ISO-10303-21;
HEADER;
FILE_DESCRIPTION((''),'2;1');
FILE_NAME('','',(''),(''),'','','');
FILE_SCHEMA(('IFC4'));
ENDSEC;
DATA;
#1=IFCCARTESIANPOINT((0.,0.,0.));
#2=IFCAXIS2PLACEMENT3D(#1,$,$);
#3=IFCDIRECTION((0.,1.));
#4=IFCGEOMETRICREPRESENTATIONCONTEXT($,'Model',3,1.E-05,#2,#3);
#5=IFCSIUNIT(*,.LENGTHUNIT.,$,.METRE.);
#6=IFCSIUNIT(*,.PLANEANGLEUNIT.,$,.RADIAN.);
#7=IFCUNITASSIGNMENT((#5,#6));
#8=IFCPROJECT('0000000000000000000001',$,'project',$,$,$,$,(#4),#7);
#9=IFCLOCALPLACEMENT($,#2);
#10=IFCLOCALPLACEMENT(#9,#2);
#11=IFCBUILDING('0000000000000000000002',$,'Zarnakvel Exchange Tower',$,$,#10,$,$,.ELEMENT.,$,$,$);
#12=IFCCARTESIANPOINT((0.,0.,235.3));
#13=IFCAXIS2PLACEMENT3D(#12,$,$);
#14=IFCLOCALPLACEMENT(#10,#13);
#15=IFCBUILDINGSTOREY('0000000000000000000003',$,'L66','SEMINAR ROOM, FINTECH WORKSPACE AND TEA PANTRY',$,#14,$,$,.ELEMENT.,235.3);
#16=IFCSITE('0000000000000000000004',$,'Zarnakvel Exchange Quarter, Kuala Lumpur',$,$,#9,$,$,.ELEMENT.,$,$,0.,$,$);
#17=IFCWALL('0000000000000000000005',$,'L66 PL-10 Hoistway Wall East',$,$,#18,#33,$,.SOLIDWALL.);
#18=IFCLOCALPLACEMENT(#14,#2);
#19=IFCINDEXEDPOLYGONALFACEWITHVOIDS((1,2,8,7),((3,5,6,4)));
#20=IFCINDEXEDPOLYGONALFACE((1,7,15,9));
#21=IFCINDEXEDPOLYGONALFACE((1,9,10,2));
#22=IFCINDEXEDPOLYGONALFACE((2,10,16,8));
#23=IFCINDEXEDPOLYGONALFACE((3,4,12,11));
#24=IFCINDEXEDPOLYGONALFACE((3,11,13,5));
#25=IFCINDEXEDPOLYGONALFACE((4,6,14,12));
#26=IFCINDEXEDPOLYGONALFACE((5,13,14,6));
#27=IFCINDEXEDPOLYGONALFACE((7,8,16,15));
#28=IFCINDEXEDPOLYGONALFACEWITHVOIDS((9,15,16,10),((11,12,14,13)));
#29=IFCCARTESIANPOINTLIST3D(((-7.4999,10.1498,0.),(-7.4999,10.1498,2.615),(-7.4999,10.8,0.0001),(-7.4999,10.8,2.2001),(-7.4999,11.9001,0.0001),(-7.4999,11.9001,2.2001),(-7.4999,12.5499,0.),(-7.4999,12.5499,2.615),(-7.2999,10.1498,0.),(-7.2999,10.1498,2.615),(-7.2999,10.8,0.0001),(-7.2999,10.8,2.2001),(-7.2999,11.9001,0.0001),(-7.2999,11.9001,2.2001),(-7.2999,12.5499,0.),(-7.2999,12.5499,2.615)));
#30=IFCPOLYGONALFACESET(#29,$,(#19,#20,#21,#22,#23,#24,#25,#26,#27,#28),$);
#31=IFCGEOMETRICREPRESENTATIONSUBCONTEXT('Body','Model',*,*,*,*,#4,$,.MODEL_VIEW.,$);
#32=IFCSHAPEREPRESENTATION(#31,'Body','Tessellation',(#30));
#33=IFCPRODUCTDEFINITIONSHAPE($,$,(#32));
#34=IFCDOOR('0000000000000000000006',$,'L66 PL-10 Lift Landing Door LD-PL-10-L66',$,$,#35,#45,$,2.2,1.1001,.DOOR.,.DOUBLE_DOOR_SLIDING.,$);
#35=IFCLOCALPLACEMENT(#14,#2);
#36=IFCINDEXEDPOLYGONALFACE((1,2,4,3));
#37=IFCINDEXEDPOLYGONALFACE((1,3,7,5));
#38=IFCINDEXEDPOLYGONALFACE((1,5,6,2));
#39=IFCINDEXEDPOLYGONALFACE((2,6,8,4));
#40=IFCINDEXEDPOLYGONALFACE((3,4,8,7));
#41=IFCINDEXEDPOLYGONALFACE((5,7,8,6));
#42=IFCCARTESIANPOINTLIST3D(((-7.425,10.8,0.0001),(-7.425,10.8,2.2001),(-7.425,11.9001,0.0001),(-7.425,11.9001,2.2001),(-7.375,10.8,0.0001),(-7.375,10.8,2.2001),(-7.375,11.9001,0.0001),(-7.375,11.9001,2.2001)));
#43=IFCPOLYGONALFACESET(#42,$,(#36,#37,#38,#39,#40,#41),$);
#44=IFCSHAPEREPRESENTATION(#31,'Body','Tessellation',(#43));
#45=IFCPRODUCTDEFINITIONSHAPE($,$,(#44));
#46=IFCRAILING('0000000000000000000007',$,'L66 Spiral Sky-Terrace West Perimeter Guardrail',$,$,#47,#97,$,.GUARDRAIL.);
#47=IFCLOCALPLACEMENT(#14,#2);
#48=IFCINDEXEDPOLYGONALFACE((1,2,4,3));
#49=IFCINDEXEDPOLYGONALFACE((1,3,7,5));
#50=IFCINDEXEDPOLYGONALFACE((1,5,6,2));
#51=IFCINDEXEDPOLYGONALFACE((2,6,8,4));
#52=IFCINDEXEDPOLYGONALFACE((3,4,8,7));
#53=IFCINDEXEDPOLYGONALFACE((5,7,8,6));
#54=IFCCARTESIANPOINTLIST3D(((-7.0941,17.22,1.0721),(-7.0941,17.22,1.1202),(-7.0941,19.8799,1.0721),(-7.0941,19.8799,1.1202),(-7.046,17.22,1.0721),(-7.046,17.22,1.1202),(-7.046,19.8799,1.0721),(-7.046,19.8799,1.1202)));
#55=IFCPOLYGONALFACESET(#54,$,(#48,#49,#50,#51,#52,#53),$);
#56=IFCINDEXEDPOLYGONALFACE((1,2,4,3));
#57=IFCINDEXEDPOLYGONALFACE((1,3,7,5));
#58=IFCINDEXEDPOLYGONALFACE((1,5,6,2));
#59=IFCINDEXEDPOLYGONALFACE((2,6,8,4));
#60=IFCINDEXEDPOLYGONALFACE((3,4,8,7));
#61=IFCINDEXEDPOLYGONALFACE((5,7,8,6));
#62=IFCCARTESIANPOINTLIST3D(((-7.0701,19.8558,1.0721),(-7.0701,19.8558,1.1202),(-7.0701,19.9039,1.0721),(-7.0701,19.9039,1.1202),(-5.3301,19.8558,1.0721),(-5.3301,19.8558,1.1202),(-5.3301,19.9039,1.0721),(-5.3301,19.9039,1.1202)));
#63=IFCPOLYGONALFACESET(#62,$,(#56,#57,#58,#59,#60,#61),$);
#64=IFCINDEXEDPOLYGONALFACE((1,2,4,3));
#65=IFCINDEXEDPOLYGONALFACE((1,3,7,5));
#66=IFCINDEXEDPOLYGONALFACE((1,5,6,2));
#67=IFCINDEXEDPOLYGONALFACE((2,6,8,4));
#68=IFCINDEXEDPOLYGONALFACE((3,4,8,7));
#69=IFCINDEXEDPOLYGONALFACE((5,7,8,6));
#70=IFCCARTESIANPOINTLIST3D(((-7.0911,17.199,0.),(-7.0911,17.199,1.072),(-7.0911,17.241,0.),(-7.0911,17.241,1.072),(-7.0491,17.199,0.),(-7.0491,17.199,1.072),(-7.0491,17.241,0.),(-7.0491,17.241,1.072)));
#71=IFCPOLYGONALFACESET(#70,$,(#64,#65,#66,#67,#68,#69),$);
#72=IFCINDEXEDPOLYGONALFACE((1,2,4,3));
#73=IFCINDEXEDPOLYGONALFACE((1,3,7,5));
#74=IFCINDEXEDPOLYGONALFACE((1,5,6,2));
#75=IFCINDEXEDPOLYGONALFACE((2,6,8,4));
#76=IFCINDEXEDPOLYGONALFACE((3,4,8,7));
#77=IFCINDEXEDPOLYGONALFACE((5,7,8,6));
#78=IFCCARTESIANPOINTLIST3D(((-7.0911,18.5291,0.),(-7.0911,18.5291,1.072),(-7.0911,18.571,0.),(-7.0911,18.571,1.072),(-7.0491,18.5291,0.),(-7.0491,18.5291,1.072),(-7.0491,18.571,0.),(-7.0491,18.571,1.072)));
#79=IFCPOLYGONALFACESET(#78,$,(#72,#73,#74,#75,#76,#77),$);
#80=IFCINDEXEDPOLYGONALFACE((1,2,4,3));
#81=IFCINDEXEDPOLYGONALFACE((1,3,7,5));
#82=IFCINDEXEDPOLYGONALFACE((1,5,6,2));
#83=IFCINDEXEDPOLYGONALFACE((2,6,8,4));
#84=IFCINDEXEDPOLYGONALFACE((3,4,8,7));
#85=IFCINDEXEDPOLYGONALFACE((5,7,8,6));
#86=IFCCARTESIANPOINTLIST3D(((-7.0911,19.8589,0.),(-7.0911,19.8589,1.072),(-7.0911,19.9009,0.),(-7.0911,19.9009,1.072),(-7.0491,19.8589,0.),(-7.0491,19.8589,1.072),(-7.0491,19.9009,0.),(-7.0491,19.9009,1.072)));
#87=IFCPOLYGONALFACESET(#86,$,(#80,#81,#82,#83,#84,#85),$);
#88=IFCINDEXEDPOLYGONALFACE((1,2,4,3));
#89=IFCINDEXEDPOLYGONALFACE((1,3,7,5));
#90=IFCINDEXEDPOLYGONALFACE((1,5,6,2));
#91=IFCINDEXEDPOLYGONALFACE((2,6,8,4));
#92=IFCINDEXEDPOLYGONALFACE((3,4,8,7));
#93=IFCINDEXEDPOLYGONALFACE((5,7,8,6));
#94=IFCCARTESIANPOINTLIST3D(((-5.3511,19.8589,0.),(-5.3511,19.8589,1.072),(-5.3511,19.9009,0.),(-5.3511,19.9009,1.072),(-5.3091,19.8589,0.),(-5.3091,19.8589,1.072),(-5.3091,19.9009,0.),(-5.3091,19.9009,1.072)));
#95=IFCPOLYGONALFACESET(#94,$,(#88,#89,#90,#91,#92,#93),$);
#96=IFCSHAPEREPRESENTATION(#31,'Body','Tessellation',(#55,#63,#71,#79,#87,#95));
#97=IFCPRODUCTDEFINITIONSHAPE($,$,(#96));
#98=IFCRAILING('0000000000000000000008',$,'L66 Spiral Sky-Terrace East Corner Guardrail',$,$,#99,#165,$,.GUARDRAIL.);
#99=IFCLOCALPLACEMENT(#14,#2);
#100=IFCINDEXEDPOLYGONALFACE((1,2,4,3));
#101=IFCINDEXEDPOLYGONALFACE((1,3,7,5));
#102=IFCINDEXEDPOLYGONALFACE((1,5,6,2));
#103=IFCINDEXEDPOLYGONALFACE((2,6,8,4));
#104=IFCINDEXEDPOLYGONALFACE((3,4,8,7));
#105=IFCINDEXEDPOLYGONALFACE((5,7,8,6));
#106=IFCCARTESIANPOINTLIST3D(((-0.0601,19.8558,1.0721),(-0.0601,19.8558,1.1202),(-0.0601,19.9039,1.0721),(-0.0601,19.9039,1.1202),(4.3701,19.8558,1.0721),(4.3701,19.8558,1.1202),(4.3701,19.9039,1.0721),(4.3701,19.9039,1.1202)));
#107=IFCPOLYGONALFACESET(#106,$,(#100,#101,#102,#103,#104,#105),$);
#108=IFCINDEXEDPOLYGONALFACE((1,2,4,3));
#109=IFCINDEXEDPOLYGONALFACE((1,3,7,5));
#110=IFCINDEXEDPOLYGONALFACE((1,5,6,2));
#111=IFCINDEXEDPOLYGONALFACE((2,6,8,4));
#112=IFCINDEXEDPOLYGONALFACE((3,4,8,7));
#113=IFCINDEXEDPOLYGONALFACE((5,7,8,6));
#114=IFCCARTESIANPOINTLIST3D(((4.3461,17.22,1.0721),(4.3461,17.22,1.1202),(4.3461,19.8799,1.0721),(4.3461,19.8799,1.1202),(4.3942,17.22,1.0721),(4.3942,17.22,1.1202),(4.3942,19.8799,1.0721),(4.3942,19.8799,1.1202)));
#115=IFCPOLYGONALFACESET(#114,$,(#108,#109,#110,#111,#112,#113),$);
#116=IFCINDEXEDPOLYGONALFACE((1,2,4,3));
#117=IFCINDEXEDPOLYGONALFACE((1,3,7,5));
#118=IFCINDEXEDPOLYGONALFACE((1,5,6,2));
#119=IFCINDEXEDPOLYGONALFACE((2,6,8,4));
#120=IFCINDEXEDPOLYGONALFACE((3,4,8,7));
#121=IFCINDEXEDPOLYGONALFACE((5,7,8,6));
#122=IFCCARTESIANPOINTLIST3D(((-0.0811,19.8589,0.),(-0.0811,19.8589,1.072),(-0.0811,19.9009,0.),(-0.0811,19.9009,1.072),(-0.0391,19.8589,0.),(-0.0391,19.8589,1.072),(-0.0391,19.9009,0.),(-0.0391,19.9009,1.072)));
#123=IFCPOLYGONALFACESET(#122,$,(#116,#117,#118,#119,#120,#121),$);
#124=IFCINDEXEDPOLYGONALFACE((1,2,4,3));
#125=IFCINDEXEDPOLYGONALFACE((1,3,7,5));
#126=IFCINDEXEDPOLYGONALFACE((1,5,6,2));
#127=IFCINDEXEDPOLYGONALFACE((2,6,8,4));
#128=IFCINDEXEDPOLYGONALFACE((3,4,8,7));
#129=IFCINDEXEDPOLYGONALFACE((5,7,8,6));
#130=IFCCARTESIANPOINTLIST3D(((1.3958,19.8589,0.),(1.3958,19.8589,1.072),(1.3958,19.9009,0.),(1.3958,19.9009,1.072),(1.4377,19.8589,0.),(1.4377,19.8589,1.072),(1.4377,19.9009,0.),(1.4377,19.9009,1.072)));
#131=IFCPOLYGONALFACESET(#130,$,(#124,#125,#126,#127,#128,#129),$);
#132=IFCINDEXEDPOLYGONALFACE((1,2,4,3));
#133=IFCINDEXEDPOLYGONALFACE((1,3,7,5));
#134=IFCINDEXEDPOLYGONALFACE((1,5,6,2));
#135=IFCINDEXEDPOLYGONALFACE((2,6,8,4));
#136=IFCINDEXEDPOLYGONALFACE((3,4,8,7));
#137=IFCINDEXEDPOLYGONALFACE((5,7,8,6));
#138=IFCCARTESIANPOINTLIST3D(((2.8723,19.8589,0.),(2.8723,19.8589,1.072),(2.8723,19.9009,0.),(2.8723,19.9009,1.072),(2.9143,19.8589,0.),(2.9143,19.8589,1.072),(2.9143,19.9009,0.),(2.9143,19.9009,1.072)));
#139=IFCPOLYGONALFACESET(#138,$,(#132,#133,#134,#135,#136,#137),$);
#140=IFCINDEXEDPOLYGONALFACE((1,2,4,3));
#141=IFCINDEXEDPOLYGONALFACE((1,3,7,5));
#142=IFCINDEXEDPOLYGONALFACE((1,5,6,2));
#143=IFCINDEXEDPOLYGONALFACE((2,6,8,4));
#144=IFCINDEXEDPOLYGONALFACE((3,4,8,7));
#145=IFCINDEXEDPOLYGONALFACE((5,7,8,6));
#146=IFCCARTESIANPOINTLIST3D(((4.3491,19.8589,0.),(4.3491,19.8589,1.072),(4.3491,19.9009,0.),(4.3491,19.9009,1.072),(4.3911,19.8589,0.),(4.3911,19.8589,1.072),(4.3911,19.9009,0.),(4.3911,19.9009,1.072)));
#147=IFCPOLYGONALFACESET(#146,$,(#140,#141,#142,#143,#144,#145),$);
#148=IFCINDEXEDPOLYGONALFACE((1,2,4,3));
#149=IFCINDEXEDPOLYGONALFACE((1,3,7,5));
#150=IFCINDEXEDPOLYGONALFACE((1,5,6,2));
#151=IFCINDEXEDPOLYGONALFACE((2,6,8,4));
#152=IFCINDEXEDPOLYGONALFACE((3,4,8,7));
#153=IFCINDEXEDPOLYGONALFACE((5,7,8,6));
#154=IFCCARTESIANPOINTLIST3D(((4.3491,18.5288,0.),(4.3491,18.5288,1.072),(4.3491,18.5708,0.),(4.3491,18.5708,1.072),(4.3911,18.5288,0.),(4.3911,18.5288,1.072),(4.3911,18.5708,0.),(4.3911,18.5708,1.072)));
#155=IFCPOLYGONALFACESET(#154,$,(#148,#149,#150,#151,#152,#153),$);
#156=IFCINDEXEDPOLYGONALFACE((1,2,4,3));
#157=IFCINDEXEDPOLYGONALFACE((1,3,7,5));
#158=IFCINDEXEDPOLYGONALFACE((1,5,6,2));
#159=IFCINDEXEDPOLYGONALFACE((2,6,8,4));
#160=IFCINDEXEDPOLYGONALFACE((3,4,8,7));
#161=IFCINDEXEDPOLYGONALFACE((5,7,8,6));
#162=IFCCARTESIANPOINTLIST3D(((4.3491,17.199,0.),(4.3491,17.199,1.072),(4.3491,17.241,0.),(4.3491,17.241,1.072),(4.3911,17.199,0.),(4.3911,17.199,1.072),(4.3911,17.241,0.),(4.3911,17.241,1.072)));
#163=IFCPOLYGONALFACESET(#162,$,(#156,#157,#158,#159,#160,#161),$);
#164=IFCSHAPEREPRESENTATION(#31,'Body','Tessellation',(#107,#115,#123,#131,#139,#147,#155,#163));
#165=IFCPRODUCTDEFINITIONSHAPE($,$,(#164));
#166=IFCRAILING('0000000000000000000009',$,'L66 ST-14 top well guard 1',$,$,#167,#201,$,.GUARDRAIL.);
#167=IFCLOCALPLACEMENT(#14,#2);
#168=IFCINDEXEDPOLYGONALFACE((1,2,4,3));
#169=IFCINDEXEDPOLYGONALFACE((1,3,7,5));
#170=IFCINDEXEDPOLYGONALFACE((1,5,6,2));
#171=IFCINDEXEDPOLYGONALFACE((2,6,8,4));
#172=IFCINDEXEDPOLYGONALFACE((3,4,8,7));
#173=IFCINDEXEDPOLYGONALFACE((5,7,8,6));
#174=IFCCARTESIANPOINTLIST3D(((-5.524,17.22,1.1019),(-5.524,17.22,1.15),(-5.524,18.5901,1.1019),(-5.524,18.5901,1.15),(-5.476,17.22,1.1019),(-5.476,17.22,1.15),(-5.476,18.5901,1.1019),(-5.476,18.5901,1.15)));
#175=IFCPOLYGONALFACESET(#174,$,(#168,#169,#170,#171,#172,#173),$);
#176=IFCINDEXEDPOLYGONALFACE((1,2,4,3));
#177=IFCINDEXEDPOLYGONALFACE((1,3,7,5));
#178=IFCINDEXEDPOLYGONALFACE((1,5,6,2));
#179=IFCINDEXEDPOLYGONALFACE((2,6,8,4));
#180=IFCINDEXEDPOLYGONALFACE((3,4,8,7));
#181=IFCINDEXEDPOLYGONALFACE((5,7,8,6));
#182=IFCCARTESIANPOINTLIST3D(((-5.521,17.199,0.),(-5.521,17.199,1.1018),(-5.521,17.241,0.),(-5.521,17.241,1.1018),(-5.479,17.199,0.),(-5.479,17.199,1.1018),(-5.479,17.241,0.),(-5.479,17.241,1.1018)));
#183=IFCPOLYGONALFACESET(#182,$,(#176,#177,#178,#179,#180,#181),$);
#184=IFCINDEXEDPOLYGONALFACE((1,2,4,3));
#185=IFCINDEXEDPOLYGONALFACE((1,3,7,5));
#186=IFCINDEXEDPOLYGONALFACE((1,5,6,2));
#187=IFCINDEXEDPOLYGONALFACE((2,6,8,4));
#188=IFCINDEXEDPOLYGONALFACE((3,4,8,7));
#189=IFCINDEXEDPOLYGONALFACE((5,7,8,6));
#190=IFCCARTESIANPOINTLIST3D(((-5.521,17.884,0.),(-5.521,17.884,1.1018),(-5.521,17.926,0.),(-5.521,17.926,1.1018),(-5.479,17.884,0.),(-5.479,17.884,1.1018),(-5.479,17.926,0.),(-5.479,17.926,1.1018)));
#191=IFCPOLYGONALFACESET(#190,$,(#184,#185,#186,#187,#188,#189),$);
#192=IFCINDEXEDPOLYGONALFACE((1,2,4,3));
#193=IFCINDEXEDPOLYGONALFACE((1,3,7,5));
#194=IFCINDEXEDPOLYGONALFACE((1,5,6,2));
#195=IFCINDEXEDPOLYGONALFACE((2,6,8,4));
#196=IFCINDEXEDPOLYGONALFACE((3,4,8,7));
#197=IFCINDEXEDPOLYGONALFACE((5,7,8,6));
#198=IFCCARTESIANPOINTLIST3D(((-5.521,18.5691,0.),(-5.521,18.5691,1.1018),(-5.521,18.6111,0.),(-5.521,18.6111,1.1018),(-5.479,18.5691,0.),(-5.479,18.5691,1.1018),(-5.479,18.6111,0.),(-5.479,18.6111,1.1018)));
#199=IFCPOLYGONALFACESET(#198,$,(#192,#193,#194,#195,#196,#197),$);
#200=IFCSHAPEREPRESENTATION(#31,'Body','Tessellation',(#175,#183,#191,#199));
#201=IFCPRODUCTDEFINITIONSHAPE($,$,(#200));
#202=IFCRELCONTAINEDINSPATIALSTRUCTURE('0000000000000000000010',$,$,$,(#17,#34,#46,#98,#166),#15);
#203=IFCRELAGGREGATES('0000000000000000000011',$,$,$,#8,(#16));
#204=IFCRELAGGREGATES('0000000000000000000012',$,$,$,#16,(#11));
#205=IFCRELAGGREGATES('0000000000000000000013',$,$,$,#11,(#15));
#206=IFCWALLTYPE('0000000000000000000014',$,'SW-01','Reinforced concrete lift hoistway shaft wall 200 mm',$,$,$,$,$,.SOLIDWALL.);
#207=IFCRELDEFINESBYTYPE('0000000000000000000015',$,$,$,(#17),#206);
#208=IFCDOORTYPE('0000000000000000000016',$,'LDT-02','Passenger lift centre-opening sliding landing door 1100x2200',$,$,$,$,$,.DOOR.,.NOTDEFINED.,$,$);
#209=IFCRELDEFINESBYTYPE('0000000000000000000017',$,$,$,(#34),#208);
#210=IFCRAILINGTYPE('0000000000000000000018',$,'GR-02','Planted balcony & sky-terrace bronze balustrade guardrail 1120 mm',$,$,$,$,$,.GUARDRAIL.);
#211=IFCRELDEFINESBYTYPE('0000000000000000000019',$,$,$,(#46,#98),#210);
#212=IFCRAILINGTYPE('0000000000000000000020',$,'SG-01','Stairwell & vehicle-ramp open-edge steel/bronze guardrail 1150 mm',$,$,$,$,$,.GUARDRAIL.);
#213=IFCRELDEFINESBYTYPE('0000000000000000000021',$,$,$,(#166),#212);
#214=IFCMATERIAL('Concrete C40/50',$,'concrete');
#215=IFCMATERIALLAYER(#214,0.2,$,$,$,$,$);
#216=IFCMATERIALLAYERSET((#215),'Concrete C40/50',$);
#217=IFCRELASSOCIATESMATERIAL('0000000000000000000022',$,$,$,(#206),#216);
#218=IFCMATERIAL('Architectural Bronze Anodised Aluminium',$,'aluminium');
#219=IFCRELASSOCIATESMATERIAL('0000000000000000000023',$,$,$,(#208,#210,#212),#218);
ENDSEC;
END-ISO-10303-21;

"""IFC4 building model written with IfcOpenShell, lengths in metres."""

from ifc_helpers import new_model, si_unit, direction, frame, frame_2d, origin, origin_2d, place, context, subcontext, project, spatial, rectangle, extrude, source, transform, mapped, material, layer, layer_set, type_object, element, fill, save


model = new_model("IFC4")

# Units and contexts
model_context = context("Model", 3, precision=1e-05, world=origin(), true_north=direction((0.0, 1.0)))
body_context = subcontext(model_context, "Body", "Model", "MODEL_VIEW")
ifc_project = project(units=[si_unit("LENGTHUNIT", "METRE"), si_unit("PLANEANGLEUNIT", "RADIAN")], contexts=[model_context])

# Site, building, storey
site_placement = place(None, origin())
site = spatial("IfcSite", under=ifc_project, at=site_placement, Name="Zarnakvel Exchange Quarter, Kuala Lumpur", CompositionType="ELEMENT", RefElevation=0.0)
building_placement = place(site_placement, origin())
building = spatial("IfcBuilding", under=site, at=building_placement, Name="Zarnakvel Exchange Tower", CompositionType="ELEMENT")
storey_placement = place(building_placement, frame((0.0, 0.0, 235.3)))
storey = spatial("IfcBuildingStorey", under=building, at=storey_placement, Name="L66", Description="SEMINAR ROOM, FINTECH WORKSPACE AND TEA PANTRY", CompositionType="ELEMENT", Elevation=235.3)

# Shared definitions
ifc_material_1 = material(Name="Architectural Bronze Anodised Aluminium", Category="aluminium")

# Shared definitions
ifc_material_2 = material(Name="Concrete C40/50", Category="concrete")
ifc_layer_1 = layer(ifc_material_2, 0.2)
ifc_layer_set_1 = layer_set([ifc_layer_1], Name="Concrete C40/50")
wall_type_1 = type_object("IfcWallType", Name="SW-01", Description="Reinforced concrete lift hoistway shaft wall 200 mm", PredefinedType="SOLIDWALL", material=ifc_layer_set_1)
door_type_1 = type_object("IfcDoorType", Name="LDT-02", Description="Passenger lift centre-opening sliding landing door 1100x2200", OperationType="NOTDEFINED", PredefinedType="DOOR", material=ifc_material_1)
shared_shape_1 = source(origin(), body_context, "Body", "SweptSolid", [
    extrude(rectangle(XDim=1.1001, YDim=2.2, at=frame_2d((0.55, 1.1001))), frame((0.0, 0.0249, 0.0), z_axis=(0.0, -1.0, 0.0), x_axis=(1.0, 0.0, 0.0)), (0.0, 0.0, 1.0), 0.05),
])

# Wall, opening, door
wall_1_placement = place(storey_placement, frame((-7.3999, 12.55, 0.0), z_axis=(0.0, 0.0, 1.0), x_axis=(0.0, -1.0, 0.0)))
wall_1 = element("IfcWall", 1, at=wall_1_placement, inside=storey, type_object=wall_type_1, Name="L66 PL-10 Hoistway Wall East", PredefinedType="SOLIDWALL", context=body_context, shape_type="SweptSolid", body=[
    extrude(rectangle(XDim=2.4001, YDim=0.2, at=frame_2d((1.2002, 0.0))), origin(), (0.0, 0.0, 1.0), 2.615),
])
opening_1_placement = place(wall_1_placement, frame((0.6499, 0.0, 0.0)))
opening_1 = element("IfcOpeningElement", 2, at=opening_1_placement, cuts=wall_1, PredefinedType="OPENING", context=body_context, shape_type="SweptSolid", body=[
    extrude(rectangle(XDim=1.1001, YDim=2.2, at=frame_2d((0.55, 1.1001))), frame((0.0, 0.1099, 0.0), z_axis=(0.0, -1.0, 0.0), x_axis=(1.0, 0.0, 0.0)), (0.0, 0.0, 1.0), 0.22),
])
door_1_placement = place(opening_1_placement, origin())
door_1 = element("IfcDoor", 3, at=door_1_placement, inside=storey, type_object=door_type_1, Name="L66 PL-10 Lift Landing Door LD-PL-10-L66", OperationType="DOUBLE_DOOR_SLIDING", OverallHeight=2.2, OverallWidth=1.1001, PredefinedType="DOOR", context=body_context, shape_type="MappedRepresentation", body=[
    mapped(shared_shape_1, transform((0.0, 0.0, 0.0), x_axis=(1.0, 0.0, 0.0), y_axis=(0.0, 1.0, 0.0), z_axis=(0.0, 0.0, 1.0), scale=1.0)),
])
fill(opening_1, door_1)

# Railings
railing_type_1 = type_object("IfcRailingType", Name="GR-02", Description="Planted balcony & sky-terrace bronze balustrade guardrail 1120 mm", PredefinedType="GUARDRAIL", material=ifc_material_1)
railing_1_placement = place(storey_placement, frame((-7.0701, 17.22, 0.0)))
element("IfcRailing", 4, at=railing_1_placement, inside=storey, type_object=railing_type_1, Name="L66 Spiral Sky-Terrace West Perimeter Guardrail", PredefinedType="GUARDRAIL", context=body_context, shape_type="SweptSolid", body=[
    extrude(rectangle(XDim=0.0481, YDim=0.0481, at=origin_2d()), frame((0.0, 0.0, 1.0962), z_axis=(0.0, 1.0, 0.0), x_axis=(-1.0, 0.0, 0.0)), (0.0, 0.0, 1.0), 2.6599),
    extrude(rectangle(XDim=0.0481, YDim=0.0481, at=origin_2d()), frame((0.0, 2.6599, 1.0962), z_axis=(1.0, 0.0, 0.0), x_axis=(0.0, 1.0, 0.0)), (0.0, 0.0, 1.0), 1.74),
    extrude(rectangle(XDim=0.042, YDim=0.042, at=origin_2d()), origin(), (0.0, 0.0, 1.0), 1.072),
    extrude(rectangle(XDim=0.042, YDim=0.042, at=origin_2d()), frame((0.0, 1.3301, 0.0)), (0.0, 0.0, 1.0), 1.072),
    extrude(rectangle(XDim=0.042, YDim=0.042, at=origin_2d()), frame((0.0, 2.6599, 0.0)), (0.0, 0.0, 1.0), 1.072),
    extrude(rectangle(XDim=0.042, YDim=0.042, at=origin_2d()), frame((1.74, 2.6599, 0.0)), (0.0, 0.0, 1.0), 1.072),
])
railing_2_placement = place(storey_placement, frame((-0.0601, 19.8799, 0.0)))
element("IfcRailing", 5, at=railing_2_placement, inside=storey, type_object=railing_type_1, Name="L66 Spiral Sky-Terrace East Corner Guardrail", PredefinedType="GUARDRAIL", context=body_context, shape_type="SweptSolid", body=[
    extrude(rectangle(XDim=0.0481, YDim=0.0481, at=origin_2d()), frame((0.0, 0.0, 1.0962), z_axis=(1.0, 0.0, 0.0), x_axis=(0.0, 1.0, 0.0)), (0.0, 0.0, 1.0), 4.4302),
    extrude(rectangle(XDim=0.0481, YDim=0.0481, at=origin_2d()), frame((4.4302, 0.0, 1.0962), z_axis=(0.0, -1.0, 0.0), x_axis=(1.0, 0.0, 0.0)), (0.0, 0.0, 1.0), 2.6599),
    extrude(rectangle(XDim=0.042, YDim=0.042, at=origin_2d()), origin(), (0.0, 0.0, 1.0), 1.072),
    extrude(rectangle(XDim=0.042, YDim=0.042, at=origin_2d()), frame((1.4768, 0.0, 0.0)), (0.0, 0.0, 1.0), 1.072),
    extrude(rectangle(XDim=0.042, YDim=0.042, at=origin_2d()), frame((2.9534, 0.0, 0.0)), (0.0, 0.0, 1.0), 1.072),
    extrude(rectangle(XDim=0.042, YDim=0.042, at=origin_2d()), frame((4.4302, 0.0, 0.0)), (0.0, 0.0, 1.0), 1.072),
    extrude(rectangle(XDim=0.042, YDim=0.042, at=origin_2d()), frame((4.4302, -1.3301, 0.0)), (0.0, 0.0, 1.0), 1.072),
    extrude(rectangle(XDim=0.042, YDim=0.042, at=origin_2d()), frame((4.4302, -2.6599, 0.0)), (0.0, 0.0, 1.0), 1.072),
])
railing_type_2 = type_object("IfcRailingType", Name="SG-01", Description="Stairwell & vehicle-ramp open-edge steel/bronze guardrail 1150 mm", PredefinedType="GUARDRAIL", material=ifc_material_1)
railing_3_placement = place(storey_placement, frame((-5.5, 17.22, 0.0)))
element("IfcRailing", 6, at=railing_3_placement, inside=storey, type_object=railing_type_2, Name="L66 ST-14 top well guard 1", PredefinedType="GUARDRAIL", context=body_context, shape_type="SweptSolid", body=[
    extrude(rectangle(XDim=0.0481, YDim=0.0481, at=origin_2d()), frame((0.0, 0.0, 1.126), z_axis=(0.0, 1.0, 0.0), x_axis=(-1.0, 0.0, 0.0)), (0.0, 0.0, 1.0), 1.3701),
    extrude(rectangle(XDim=0.042, YDim=0.042, at=origin_2d()), origin(), (0.0, 0.0, 1.0), 1.1018),
    extrude(rectangle(XDim=0.042, YDim=0.042, at=origin_2d()), frame((0.0, 0.6851, 0.0)), (0.0, 0.0, 1.0), 1.1018),
    extrude(rectangle(XDim=0.042, YDim=0.042, at=origin_2d()), frame((0.0, 1.3701, 0.0)), (0.0, 0.0, 1.0), 1.1018),
])

save(model, "model.ifc")
